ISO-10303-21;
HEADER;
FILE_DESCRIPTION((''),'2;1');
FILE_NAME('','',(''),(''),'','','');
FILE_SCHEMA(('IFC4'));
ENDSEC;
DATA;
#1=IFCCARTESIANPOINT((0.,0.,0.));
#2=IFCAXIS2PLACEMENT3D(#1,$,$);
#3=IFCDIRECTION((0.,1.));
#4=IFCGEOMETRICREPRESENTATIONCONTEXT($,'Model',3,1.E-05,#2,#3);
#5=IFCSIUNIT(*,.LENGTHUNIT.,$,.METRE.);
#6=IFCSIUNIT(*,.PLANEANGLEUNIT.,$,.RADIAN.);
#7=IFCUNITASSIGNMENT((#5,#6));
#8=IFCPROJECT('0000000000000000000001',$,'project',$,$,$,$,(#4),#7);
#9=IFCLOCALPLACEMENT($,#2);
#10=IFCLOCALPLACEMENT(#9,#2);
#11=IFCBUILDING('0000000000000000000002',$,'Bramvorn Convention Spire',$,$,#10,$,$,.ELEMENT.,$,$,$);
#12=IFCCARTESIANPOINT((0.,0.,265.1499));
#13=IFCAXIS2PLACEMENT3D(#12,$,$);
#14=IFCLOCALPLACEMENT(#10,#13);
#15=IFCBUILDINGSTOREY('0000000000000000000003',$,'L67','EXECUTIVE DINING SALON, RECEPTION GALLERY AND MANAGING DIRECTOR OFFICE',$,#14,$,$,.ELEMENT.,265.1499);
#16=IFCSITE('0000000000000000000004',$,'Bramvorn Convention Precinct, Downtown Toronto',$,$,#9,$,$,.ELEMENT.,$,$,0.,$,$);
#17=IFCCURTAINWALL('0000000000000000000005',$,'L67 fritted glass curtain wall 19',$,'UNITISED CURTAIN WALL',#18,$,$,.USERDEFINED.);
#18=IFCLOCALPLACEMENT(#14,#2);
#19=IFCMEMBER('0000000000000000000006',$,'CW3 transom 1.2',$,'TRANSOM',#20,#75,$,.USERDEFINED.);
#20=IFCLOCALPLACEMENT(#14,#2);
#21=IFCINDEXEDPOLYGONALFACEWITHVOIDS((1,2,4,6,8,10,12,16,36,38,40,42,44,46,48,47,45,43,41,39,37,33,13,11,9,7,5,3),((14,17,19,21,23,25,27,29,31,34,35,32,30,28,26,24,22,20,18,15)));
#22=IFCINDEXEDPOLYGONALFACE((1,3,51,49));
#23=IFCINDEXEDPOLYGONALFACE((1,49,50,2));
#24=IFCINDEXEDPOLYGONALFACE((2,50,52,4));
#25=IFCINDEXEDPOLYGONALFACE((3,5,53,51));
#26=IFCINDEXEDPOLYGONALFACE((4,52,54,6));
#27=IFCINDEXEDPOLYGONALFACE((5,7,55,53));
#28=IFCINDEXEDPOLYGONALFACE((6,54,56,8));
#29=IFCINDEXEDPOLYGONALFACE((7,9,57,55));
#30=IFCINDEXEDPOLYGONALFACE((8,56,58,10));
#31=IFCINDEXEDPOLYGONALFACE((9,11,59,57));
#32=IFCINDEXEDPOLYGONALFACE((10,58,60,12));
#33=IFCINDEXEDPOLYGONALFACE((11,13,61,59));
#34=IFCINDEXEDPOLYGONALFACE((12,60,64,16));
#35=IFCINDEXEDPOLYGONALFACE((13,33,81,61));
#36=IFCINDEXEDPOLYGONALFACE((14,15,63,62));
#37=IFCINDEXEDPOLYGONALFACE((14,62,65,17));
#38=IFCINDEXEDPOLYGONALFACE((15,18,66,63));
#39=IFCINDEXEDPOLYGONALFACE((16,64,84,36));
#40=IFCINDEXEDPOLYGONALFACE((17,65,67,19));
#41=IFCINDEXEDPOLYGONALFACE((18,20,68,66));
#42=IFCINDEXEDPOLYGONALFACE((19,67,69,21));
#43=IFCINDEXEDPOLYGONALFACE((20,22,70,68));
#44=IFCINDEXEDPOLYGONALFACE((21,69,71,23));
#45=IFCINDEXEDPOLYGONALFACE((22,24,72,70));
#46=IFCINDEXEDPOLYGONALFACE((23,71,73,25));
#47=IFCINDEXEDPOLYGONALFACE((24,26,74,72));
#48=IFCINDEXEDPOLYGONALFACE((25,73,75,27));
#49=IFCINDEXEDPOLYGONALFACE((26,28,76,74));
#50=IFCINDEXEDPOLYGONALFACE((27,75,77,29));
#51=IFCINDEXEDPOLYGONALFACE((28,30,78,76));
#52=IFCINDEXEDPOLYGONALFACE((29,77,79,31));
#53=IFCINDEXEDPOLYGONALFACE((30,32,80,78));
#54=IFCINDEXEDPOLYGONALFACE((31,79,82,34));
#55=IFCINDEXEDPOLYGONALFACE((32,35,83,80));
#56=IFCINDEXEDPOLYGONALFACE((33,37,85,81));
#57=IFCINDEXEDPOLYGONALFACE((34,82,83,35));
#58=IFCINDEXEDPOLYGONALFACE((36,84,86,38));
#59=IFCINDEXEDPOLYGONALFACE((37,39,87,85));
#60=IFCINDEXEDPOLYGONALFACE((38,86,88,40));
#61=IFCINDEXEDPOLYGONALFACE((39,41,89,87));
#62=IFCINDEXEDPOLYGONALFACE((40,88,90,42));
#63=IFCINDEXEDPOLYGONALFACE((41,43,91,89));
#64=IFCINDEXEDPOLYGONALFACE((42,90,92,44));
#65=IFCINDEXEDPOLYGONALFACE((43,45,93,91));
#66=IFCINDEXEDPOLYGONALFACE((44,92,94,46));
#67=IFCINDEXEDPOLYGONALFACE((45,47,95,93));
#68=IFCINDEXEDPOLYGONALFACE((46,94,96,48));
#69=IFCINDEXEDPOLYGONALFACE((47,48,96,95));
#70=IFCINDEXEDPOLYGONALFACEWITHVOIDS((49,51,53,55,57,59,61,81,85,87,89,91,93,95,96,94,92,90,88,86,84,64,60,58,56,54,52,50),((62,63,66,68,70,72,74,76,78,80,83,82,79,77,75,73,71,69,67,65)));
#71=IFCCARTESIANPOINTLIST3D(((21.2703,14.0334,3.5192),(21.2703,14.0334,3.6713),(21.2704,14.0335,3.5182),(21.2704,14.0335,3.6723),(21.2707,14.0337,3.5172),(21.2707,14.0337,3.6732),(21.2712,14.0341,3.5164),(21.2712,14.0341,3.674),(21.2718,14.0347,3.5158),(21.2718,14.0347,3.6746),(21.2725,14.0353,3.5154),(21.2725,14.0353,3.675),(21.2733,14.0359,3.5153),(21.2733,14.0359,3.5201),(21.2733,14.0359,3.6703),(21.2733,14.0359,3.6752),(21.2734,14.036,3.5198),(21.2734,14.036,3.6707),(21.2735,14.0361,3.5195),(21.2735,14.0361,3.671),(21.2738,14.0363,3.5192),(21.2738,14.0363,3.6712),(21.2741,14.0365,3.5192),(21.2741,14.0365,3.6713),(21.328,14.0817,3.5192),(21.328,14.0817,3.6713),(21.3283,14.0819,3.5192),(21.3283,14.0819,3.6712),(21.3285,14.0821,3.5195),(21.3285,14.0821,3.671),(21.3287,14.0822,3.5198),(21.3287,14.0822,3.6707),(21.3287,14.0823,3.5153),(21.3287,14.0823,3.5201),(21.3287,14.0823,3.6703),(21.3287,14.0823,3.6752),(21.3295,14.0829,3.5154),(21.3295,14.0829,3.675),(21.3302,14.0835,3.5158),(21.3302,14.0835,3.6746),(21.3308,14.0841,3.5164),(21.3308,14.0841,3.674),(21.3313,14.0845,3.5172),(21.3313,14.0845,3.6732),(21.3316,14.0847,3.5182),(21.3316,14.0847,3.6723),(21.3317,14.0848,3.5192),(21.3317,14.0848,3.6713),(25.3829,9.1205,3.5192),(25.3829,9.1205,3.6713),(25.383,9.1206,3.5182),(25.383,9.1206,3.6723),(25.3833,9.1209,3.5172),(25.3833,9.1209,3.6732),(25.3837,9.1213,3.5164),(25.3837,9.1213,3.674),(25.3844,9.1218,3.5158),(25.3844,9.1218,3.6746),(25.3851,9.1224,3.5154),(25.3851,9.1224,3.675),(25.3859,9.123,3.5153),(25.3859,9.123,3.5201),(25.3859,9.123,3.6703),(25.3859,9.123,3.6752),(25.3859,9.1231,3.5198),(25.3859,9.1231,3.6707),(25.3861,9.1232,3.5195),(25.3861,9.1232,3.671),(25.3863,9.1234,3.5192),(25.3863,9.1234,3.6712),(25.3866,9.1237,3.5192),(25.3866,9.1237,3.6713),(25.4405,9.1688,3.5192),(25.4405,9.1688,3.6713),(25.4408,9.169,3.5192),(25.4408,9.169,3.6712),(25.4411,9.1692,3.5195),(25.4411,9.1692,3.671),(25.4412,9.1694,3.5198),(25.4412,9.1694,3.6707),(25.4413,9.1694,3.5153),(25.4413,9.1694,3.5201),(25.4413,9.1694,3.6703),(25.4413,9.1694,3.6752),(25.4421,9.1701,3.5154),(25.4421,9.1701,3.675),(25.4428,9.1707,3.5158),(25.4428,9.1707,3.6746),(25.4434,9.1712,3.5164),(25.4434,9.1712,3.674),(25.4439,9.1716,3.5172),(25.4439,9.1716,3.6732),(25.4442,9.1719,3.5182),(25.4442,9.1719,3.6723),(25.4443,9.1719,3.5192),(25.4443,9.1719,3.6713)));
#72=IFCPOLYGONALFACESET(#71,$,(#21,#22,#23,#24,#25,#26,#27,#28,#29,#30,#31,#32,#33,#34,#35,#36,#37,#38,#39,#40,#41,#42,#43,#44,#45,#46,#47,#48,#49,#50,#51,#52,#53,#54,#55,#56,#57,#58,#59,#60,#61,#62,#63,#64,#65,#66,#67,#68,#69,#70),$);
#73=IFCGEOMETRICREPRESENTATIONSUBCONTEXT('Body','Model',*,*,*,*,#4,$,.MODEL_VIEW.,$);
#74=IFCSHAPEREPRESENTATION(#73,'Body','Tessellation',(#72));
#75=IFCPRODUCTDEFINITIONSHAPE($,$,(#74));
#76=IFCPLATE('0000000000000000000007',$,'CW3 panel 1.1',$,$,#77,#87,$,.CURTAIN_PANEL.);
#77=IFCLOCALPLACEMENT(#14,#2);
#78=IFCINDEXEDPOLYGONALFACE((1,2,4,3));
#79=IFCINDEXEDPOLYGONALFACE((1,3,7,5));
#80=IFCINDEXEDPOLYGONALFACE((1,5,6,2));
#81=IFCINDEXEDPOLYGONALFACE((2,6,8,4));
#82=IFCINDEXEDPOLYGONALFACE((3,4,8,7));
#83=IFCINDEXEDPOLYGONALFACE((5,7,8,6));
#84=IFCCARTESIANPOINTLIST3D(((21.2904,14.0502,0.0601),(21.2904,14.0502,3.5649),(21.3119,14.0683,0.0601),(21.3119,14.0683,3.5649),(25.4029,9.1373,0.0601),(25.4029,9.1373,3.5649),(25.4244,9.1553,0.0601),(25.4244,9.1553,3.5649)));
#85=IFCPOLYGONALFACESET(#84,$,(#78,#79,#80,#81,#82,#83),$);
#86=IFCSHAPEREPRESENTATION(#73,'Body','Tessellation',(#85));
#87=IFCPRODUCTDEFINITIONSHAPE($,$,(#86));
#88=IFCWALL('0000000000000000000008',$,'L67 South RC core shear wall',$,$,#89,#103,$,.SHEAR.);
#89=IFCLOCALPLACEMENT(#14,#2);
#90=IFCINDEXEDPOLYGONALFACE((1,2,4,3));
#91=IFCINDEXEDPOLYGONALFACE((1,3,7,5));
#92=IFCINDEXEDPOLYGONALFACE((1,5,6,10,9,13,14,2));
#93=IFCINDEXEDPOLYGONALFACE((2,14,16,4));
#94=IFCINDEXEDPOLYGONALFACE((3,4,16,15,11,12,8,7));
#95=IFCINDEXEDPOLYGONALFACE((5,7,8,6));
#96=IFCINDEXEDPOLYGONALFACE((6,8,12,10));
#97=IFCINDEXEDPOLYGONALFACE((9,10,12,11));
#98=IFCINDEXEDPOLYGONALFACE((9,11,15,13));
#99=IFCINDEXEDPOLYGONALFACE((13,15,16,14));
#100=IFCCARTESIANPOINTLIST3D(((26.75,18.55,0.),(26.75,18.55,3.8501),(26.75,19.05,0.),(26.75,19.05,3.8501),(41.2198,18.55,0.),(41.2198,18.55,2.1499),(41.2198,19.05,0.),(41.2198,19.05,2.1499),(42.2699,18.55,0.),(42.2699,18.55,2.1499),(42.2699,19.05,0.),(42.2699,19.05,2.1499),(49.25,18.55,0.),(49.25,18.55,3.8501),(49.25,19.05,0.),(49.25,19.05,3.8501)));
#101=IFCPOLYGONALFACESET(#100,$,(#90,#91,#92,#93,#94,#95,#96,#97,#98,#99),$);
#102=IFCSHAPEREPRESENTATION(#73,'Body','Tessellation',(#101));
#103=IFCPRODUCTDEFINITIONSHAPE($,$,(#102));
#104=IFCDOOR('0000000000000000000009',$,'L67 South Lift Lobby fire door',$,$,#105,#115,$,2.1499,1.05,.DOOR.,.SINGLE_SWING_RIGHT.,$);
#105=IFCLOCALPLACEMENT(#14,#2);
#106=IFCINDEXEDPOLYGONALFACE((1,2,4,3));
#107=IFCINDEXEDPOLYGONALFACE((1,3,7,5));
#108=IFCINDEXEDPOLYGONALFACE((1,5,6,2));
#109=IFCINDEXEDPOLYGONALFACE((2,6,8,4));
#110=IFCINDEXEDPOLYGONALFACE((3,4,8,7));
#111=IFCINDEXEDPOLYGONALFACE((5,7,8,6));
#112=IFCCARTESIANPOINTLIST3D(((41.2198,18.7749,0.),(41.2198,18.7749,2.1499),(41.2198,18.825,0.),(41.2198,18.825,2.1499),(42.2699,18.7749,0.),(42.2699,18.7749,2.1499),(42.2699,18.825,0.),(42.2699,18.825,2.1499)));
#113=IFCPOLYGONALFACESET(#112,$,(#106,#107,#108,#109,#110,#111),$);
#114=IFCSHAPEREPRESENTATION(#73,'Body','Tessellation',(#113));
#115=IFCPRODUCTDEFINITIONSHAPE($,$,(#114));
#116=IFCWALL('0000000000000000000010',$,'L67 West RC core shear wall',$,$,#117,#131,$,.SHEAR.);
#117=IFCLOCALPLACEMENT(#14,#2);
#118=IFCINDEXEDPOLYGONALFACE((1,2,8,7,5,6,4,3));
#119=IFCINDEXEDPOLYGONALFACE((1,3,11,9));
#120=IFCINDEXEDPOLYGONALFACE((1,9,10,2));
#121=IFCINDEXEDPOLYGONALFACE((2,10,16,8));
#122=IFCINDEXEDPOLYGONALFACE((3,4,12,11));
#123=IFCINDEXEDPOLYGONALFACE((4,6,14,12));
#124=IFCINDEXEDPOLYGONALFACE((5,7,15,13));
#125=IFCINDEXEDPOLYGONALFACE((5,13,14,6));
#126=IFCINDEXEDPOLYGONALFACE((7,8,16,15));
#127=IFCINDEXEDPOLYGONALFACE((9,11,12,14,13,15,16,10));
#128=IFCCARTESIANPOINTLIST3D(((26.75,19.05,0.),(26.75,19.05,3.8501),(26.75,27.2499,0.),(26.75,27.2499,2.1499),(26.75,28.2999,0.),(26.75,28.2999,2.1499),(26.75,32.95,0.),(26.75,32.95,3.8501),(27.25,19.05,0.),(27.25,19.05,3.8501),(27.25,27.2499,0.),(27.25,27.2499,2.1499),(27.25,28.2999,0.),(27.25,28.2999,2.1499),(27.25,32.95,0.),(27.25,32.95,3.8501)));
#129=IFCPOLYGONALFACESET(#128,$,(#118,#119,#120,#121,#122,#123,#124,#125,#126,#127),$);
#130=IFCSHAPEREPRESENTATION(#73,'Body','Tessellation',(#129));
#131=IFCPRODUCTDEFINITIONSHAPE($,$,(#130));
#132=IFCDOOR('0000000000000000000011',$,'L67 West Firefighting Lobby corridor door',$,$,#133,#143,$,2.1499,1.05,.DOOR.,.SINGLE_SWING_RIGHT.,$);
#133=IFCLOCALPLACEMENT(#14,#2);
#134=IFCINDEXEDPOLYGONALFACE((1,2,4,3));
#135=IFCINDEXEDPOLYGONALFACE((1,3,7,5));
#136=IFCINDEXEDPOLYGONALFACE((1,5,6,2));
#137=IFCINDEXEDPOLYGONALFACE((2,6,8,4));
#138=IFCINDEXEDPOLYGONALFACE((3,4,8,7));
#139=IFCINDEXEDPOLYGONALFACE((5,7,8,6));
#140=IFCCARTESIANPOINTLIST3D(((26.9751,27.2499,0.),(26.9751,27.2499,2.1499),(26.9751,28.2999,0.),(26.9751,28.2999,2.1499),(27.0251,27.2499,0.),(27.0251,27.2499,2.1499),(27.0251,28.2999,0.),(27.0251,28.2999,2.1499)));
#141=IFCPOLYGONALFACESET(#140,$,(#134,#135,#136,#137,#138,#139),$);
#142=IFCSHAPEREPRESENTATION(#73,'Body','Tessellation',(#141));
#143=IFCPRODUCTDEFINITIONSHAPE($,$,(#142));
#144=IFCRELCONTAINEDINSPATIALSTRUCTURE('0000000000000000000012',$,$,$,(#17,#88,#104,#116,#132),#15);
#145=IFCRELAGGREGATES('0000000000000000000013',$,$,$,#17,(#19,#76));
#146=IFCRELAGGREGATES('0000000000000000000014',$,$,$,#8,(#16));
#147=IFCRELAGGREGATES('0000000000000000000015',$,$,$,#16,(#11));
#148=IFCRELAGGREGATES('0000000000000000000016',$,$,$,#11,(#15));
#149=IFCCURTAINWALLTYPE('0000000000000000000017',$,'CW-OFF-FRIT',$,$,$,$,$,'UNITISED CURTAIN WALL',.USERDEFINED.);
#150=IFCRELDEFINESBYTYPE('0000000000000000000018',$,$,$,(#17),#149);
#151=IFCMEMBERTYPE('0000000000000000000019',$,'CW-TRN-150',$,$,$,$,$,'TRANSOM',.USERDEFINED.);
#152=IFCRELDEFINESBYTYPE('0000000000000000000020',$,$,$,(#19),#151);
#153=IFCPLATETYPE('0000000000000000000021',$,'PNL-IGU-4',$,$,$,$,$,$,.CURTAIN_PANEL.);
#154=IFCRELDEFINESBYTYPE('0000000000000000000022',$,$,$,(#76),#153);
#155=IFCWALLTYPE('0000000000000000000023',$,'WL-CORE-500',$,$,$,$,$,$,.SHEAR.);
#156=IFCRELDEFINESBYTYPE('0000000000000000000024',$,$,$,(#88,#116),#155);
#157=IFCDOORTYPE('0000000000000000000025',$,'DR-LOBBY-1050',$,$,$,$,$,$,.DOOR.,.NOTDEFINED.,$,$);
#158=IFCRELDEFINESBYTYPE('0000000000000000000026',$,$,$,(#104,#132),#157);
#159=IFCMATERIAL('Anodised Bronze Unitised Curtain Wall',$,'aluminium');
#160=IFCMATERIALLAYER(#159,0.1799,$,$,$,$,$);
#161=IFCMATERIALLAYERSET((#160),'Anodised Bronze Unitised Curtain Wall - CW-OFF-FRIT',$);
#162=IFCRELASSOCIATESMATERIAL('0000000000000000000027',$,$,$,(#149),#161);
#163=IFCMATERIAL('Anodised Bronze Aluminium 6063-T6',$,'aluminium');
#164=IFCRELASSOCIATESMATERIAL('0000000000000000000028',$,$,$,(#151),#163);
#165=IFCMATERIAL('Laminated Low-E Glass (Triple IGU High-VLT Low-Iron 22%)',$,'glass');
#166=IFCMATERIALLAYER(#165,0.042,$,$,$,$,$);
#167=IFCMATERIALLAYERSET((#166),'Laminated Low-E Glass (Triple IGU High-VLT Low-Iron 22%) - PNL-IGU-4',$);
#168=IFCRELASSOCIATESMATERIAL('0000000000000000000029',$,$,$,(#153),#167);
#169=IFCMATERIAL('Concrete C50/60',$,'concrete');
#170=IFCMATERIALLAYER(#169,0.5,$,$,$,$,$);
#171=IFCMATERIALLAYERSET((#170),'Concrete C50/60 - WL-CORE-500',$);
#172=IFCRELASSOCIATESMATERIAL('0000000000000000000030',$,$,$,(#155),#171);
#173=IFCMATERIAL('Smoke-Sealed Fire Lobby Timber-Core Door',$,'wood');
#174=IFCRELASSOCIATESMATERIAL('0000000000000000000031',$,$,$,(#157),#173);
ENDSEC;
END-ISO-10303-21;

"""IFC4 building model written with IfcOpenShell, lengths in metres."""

from ifc_helpers import new_model, si_unit, direction, frame, frame_2d, origin, origin_2d, place, context, subcontext, project, spatial, rectangle, hollow_rectangle, extrude, material, layer, layer_set, material_profile, profile_set, type_object, element, fill, aggregate, save


model = new_model("IFC4")

# Units and contexts
model_context = context("Model", 3, precision=1e-05, world=origin(), true_north=direction((0.0, 1.0)))
body_context = subcontext(model_context, "Body", "Model", "MODEL_VIEW")
ifc_project = project(units=[si_unit("LENGTHUNIT", "METRE"), si_unit("PLANEANGLEUNIT", "RADIAN")], contexts=[model_context])

# Site, building, storey
site_placement = place(None, origin())
site = spatial("IfcSite", under=ifc_project, at=site_placement, Name="Bramvorn Convention Precinct, Downtown Toronto", CompositionType="ELEMENT", RefElevation=0.0)
building_placement = place(site_placement, origin())
building = spatial("IfcBuilding", under=site, at=building_placement, Name="Bramvorn Convention Spire", CompositionType="ELEMENT")
storey_placement = place(building_placement, frame((0.0, 0.0, 265.1499)))
storey = spatial("IfcBuildingStorey", under=building, at=storey_placement, Name="L67", Description="EXECUTIVE DINING SALON, RECEPTION GALLERY AND MANAGING DIRECTOR OFFICE", CompositionType="ELEMENT", Elevation=265.1499)

# Curtain wall
ifc_material_1 = material(Name="Anodised Bronze Unitised Curtain Wall", Category="aluminium")
ifc_layer_1 = layer(ifc_material_1, 0.1799)
ifc_layer_set_1 = layer_set([ifc_layer_1], Name="Anodised Bronze Unitised Curtain Wall - CW-OFF-FRIT")
curtain_wall_type = type_object("IfcCurtainWallType", Name="CW-OFF-FRIT", ElementType="UNITISED CURTAIN WALL", PredefinedType="USERDEFINED", material=ifc_layer_set_1)
curtain_wall_1_placement = place(storey_placement, origin())
curtain_wall_1 = element("IfcCurtainWall", 1, at=curtain_wall_1_placement, inside=storey, type_object=curtain_wall_type, Name="L67 fritted glass curtain wall 19", ObjectType="UNITISED CURTAIN WALL", PredefinedType="USERDEFINED")
ifc_material_2 = material(Name="Anodised Bronze Aluminium 6063-T6", Category="aluminium")

# Member
ifc_material_profile_1 = material_profile(ifc_material_2, hollow_rectangle(XDim=0.0801, YDim=0.1599, WallThickness=0.0039, InnerFilletRadius=0.001, OuterFilletRadius=0.0039, at=origin_2d()))
ifc_profile_set_1 = profile_set([ifc_material_profile_1], Name="Anodised Bronze Aluminium 6063-T6 - CWT80X160")
member_type_1 = type_object("IfcMemberType", Name="CW-TRN-150", ElementType="TRANSOM", PredefinedType="USERDEFINED", material=ifc_profile_set_1)
member_1_placement = place(storey_placement, frame((25.4136, 9.1462, 3.5952), z_axis=(-0.641888, 0.766798, 0.0), x_axis=(-0.766798, -0.641888, 0.0)))
member_1 = element("IfcMember", 2, at=member_1_placement, type_object=member_type_1, Name="CW3 transom 1.2", ObjectType="TRANSOM", PredefinedType="USERDEFINED", context=body_context, shape_type="SweptSolid", body=[
    extrude(hollow_rectangle(XDim=0.0801, YDim=0.1599, WallThickness=0.0039, InnerFilletRadius=0.001, OuterFilletRadius=0.0039, at=origin_2d()), origin(), (0.0, 0.0, 1.0), 6.407),
])

# Plate
ifc_material_3 = material(Name="Laminated Low-E Glass (Triple IGU High-VLT Low-Iron 22%)", Category="glass")
ifc_layer_2 = layer(ifc_material_3, 0.042)
ifc_layer_set_2 = layer_set([ifc_layer_2], Name="Laminated Low-E Glass (Triple IGU High-VLT Low-Iron 22%) - PNL-IGU-4")
plate_type = type_object("IfcPlateType", Name="PNL-IGU-4", PredefinedType="CURTAIN_PANEL", material=ifc_layer_set_2)
plate_placement = place(storey_placement, frame((23.3574, 11.6028, 0.0601), z_axis=(0.0, 0.0, 1.0), x_axis=(-0.641878, 0.766807, 0.0)))
plate = element("IfcPlate", 3, at=plate_placement, type_object=plate_type, Name="CW3 panel 1.1", PredefinedType="CURTAIN_PANEL", context=body_context, shape_type="SweptSolid", body=[
    extrude(rectangle(XDim=6.407, YDim=0.0281, at=origin_2d()), origin(), (0.0, 0.0, 1.0), 3.5049),
])
aggregate(curtain_wall_1, [member_1, plate])

# Walls, openings, doors
ifc_material_4 = material(Name="Concrete C50/60", Category="concrete")
ifc_layer_3 = layer(ifc_material_4, 0.5)
ifc_layer_set_3 = layer_set([ifc_layer_3], Name="Concrete C50/60 - WL-CORE-500")
wall_type_1 = type_object("IfcWallType", Name="WL-CORE-500", PredefinedType="SHEAR", material=ifc_layer_set_3)
wall_1_placement = place(storey_placement, frame((26.75, 18.8, 0.0), z_axis=(0.0, 0.0, 1.0), x_axis=(1.0, 0.0, 0.0)))
wall_1 = element("IfcWall", 4, at=wall_1_placement, inside=storey, type_object=wall_type_1, Name="L67 South RC core shear wall", PredefinedType="SHEAR", context=body_context, shape_type="SweptSolid", body=[
    extrude(rectangle(XDim=22.5, YDim=0.5, at=frame_2d((11.25, 0.0))), origin(), (0.0, 0.0, 1.0), 3.8501),
])
opening_1_placement = place(wall_1_placement, frame((14.47, 0.0, 0.0)))
opening_1 = element("IfcOpeningElement", 5, at=opening_1_placement, cuts=wall_1, PredefinedType="OPENING", context=body_context, shape_type="SweptSolid", body=[
    extrude(rectangle(XDim=1.05, YDim=2.1499, at=frame_2d((0.5249, 1.075))), frame((0.0, 0.26, 0.0), z_axis=(0.0, -1.0, 0.0), x_axis=(1.0, 0.0, 0.0)), (0.0, 0.0, 1.0), 0.52),
])
ifc_material_5 = material(Name="Smoke-Sealed Fire Lobby Timber-Core Door", Category="wood")
door_type_1 = type_object("IfcDoorType", Name="DR-LOBBY-1050", OperationType="NOTDEFINED", PredefinedType="DOOR", material=ifc_material_5)
door_1_placement = place(opening_1_placement, origin())
door_1 = element("IfcDoor", 6, at=door_1_placement, inside=storey, type_object=door_type_1, Name="L67 South Lift Lobby fire door", OperationType="SINGLE_SWING_RIGHT", OverallHeight=2.1499, OverallWidth=1.05, PredefinedType="DOOR", context=body_context, shape_type="SweptSolid", body=[
    extrude(rectangle(XDim=1.05, YDim=2.1499, at=frame_2d((0.5249, 1.075))), frame((0.0, 0.0249, 0.0), z_axis=(0.0, -1.0, 0.0), x_axis=(1.0, 0.0, 0.0)), (0.0, 0.0, 1.0), 0.05),
])
fill(opening_1, door_1)
wall_2_placement = place(storey_placement, frame((27.0, 19.05, 0.0), z_axis=(0.0, 0.0, 1.0), x_axis=(0.0, 1.0, 0.0)))
wall_2 = element("IfcWall", 7, at=wall_2_placement, inside=storey, type_object=wall_type_1, Name="L67 West RC core shear wall", PredefinedType="SHEAR", context=body_context, shape_type="SweptSolid", body=[
    extrude(rectangle(XDim=13.8999, YDim=0.5, at=frame_2d((6.95, 0.0))), origin(), (0.0, 0.0, 1.0), 3.8501),
])
opening_2_placement = place(wall_2_placement, frame((8.2, 0.0, 0.0)))
opening_2 = element("IfcOpeningElement", 8, at=opening_2_placement, cuts=wall_2, PredefinedType="OPENING", context=body_context, shape_type="SweptSolid", body=[
    extrude(rectangle(XDim=1.05, YDim=2.1499, at=frame_2d((0.5249, 1.075))), frame((0.0, 0.26, 0.0), z_axis=(0.0, -1.0, 0.0), x_axis=(1.0, 0.0, 0.0)), (0.0, 0.0, 1.0), 0.52),
])
door_2_placement = place(opening_2_placement, origin())
door_2 = element("IfcDoor", 9, at=door_2_placement, inside=storey, type_object=door_type_1, Name="L67 West Firefighting Lobby corridor door", OperationType="SINGLE_SWING_RIGHT", OverallHeight=2.1499, OverallWidth=1.05, PredefinedType="DOOR", context=body_context, shape_type="SweptSolid", body=[
    extrude(rectangle(XDim=1.05, YDim=2.1499, at=frame_2d((0.5249, 1.075))), frame((0.0, 0.0249, 0.0), z_axis=(0.0, -1.0, 0.0), x_axis=(1.0, 0.0, 0.0)), (0.0, 0.0, 1.0), 0.05),
])
fill(opening_2, door_2)

save(model, "model.ifc")
